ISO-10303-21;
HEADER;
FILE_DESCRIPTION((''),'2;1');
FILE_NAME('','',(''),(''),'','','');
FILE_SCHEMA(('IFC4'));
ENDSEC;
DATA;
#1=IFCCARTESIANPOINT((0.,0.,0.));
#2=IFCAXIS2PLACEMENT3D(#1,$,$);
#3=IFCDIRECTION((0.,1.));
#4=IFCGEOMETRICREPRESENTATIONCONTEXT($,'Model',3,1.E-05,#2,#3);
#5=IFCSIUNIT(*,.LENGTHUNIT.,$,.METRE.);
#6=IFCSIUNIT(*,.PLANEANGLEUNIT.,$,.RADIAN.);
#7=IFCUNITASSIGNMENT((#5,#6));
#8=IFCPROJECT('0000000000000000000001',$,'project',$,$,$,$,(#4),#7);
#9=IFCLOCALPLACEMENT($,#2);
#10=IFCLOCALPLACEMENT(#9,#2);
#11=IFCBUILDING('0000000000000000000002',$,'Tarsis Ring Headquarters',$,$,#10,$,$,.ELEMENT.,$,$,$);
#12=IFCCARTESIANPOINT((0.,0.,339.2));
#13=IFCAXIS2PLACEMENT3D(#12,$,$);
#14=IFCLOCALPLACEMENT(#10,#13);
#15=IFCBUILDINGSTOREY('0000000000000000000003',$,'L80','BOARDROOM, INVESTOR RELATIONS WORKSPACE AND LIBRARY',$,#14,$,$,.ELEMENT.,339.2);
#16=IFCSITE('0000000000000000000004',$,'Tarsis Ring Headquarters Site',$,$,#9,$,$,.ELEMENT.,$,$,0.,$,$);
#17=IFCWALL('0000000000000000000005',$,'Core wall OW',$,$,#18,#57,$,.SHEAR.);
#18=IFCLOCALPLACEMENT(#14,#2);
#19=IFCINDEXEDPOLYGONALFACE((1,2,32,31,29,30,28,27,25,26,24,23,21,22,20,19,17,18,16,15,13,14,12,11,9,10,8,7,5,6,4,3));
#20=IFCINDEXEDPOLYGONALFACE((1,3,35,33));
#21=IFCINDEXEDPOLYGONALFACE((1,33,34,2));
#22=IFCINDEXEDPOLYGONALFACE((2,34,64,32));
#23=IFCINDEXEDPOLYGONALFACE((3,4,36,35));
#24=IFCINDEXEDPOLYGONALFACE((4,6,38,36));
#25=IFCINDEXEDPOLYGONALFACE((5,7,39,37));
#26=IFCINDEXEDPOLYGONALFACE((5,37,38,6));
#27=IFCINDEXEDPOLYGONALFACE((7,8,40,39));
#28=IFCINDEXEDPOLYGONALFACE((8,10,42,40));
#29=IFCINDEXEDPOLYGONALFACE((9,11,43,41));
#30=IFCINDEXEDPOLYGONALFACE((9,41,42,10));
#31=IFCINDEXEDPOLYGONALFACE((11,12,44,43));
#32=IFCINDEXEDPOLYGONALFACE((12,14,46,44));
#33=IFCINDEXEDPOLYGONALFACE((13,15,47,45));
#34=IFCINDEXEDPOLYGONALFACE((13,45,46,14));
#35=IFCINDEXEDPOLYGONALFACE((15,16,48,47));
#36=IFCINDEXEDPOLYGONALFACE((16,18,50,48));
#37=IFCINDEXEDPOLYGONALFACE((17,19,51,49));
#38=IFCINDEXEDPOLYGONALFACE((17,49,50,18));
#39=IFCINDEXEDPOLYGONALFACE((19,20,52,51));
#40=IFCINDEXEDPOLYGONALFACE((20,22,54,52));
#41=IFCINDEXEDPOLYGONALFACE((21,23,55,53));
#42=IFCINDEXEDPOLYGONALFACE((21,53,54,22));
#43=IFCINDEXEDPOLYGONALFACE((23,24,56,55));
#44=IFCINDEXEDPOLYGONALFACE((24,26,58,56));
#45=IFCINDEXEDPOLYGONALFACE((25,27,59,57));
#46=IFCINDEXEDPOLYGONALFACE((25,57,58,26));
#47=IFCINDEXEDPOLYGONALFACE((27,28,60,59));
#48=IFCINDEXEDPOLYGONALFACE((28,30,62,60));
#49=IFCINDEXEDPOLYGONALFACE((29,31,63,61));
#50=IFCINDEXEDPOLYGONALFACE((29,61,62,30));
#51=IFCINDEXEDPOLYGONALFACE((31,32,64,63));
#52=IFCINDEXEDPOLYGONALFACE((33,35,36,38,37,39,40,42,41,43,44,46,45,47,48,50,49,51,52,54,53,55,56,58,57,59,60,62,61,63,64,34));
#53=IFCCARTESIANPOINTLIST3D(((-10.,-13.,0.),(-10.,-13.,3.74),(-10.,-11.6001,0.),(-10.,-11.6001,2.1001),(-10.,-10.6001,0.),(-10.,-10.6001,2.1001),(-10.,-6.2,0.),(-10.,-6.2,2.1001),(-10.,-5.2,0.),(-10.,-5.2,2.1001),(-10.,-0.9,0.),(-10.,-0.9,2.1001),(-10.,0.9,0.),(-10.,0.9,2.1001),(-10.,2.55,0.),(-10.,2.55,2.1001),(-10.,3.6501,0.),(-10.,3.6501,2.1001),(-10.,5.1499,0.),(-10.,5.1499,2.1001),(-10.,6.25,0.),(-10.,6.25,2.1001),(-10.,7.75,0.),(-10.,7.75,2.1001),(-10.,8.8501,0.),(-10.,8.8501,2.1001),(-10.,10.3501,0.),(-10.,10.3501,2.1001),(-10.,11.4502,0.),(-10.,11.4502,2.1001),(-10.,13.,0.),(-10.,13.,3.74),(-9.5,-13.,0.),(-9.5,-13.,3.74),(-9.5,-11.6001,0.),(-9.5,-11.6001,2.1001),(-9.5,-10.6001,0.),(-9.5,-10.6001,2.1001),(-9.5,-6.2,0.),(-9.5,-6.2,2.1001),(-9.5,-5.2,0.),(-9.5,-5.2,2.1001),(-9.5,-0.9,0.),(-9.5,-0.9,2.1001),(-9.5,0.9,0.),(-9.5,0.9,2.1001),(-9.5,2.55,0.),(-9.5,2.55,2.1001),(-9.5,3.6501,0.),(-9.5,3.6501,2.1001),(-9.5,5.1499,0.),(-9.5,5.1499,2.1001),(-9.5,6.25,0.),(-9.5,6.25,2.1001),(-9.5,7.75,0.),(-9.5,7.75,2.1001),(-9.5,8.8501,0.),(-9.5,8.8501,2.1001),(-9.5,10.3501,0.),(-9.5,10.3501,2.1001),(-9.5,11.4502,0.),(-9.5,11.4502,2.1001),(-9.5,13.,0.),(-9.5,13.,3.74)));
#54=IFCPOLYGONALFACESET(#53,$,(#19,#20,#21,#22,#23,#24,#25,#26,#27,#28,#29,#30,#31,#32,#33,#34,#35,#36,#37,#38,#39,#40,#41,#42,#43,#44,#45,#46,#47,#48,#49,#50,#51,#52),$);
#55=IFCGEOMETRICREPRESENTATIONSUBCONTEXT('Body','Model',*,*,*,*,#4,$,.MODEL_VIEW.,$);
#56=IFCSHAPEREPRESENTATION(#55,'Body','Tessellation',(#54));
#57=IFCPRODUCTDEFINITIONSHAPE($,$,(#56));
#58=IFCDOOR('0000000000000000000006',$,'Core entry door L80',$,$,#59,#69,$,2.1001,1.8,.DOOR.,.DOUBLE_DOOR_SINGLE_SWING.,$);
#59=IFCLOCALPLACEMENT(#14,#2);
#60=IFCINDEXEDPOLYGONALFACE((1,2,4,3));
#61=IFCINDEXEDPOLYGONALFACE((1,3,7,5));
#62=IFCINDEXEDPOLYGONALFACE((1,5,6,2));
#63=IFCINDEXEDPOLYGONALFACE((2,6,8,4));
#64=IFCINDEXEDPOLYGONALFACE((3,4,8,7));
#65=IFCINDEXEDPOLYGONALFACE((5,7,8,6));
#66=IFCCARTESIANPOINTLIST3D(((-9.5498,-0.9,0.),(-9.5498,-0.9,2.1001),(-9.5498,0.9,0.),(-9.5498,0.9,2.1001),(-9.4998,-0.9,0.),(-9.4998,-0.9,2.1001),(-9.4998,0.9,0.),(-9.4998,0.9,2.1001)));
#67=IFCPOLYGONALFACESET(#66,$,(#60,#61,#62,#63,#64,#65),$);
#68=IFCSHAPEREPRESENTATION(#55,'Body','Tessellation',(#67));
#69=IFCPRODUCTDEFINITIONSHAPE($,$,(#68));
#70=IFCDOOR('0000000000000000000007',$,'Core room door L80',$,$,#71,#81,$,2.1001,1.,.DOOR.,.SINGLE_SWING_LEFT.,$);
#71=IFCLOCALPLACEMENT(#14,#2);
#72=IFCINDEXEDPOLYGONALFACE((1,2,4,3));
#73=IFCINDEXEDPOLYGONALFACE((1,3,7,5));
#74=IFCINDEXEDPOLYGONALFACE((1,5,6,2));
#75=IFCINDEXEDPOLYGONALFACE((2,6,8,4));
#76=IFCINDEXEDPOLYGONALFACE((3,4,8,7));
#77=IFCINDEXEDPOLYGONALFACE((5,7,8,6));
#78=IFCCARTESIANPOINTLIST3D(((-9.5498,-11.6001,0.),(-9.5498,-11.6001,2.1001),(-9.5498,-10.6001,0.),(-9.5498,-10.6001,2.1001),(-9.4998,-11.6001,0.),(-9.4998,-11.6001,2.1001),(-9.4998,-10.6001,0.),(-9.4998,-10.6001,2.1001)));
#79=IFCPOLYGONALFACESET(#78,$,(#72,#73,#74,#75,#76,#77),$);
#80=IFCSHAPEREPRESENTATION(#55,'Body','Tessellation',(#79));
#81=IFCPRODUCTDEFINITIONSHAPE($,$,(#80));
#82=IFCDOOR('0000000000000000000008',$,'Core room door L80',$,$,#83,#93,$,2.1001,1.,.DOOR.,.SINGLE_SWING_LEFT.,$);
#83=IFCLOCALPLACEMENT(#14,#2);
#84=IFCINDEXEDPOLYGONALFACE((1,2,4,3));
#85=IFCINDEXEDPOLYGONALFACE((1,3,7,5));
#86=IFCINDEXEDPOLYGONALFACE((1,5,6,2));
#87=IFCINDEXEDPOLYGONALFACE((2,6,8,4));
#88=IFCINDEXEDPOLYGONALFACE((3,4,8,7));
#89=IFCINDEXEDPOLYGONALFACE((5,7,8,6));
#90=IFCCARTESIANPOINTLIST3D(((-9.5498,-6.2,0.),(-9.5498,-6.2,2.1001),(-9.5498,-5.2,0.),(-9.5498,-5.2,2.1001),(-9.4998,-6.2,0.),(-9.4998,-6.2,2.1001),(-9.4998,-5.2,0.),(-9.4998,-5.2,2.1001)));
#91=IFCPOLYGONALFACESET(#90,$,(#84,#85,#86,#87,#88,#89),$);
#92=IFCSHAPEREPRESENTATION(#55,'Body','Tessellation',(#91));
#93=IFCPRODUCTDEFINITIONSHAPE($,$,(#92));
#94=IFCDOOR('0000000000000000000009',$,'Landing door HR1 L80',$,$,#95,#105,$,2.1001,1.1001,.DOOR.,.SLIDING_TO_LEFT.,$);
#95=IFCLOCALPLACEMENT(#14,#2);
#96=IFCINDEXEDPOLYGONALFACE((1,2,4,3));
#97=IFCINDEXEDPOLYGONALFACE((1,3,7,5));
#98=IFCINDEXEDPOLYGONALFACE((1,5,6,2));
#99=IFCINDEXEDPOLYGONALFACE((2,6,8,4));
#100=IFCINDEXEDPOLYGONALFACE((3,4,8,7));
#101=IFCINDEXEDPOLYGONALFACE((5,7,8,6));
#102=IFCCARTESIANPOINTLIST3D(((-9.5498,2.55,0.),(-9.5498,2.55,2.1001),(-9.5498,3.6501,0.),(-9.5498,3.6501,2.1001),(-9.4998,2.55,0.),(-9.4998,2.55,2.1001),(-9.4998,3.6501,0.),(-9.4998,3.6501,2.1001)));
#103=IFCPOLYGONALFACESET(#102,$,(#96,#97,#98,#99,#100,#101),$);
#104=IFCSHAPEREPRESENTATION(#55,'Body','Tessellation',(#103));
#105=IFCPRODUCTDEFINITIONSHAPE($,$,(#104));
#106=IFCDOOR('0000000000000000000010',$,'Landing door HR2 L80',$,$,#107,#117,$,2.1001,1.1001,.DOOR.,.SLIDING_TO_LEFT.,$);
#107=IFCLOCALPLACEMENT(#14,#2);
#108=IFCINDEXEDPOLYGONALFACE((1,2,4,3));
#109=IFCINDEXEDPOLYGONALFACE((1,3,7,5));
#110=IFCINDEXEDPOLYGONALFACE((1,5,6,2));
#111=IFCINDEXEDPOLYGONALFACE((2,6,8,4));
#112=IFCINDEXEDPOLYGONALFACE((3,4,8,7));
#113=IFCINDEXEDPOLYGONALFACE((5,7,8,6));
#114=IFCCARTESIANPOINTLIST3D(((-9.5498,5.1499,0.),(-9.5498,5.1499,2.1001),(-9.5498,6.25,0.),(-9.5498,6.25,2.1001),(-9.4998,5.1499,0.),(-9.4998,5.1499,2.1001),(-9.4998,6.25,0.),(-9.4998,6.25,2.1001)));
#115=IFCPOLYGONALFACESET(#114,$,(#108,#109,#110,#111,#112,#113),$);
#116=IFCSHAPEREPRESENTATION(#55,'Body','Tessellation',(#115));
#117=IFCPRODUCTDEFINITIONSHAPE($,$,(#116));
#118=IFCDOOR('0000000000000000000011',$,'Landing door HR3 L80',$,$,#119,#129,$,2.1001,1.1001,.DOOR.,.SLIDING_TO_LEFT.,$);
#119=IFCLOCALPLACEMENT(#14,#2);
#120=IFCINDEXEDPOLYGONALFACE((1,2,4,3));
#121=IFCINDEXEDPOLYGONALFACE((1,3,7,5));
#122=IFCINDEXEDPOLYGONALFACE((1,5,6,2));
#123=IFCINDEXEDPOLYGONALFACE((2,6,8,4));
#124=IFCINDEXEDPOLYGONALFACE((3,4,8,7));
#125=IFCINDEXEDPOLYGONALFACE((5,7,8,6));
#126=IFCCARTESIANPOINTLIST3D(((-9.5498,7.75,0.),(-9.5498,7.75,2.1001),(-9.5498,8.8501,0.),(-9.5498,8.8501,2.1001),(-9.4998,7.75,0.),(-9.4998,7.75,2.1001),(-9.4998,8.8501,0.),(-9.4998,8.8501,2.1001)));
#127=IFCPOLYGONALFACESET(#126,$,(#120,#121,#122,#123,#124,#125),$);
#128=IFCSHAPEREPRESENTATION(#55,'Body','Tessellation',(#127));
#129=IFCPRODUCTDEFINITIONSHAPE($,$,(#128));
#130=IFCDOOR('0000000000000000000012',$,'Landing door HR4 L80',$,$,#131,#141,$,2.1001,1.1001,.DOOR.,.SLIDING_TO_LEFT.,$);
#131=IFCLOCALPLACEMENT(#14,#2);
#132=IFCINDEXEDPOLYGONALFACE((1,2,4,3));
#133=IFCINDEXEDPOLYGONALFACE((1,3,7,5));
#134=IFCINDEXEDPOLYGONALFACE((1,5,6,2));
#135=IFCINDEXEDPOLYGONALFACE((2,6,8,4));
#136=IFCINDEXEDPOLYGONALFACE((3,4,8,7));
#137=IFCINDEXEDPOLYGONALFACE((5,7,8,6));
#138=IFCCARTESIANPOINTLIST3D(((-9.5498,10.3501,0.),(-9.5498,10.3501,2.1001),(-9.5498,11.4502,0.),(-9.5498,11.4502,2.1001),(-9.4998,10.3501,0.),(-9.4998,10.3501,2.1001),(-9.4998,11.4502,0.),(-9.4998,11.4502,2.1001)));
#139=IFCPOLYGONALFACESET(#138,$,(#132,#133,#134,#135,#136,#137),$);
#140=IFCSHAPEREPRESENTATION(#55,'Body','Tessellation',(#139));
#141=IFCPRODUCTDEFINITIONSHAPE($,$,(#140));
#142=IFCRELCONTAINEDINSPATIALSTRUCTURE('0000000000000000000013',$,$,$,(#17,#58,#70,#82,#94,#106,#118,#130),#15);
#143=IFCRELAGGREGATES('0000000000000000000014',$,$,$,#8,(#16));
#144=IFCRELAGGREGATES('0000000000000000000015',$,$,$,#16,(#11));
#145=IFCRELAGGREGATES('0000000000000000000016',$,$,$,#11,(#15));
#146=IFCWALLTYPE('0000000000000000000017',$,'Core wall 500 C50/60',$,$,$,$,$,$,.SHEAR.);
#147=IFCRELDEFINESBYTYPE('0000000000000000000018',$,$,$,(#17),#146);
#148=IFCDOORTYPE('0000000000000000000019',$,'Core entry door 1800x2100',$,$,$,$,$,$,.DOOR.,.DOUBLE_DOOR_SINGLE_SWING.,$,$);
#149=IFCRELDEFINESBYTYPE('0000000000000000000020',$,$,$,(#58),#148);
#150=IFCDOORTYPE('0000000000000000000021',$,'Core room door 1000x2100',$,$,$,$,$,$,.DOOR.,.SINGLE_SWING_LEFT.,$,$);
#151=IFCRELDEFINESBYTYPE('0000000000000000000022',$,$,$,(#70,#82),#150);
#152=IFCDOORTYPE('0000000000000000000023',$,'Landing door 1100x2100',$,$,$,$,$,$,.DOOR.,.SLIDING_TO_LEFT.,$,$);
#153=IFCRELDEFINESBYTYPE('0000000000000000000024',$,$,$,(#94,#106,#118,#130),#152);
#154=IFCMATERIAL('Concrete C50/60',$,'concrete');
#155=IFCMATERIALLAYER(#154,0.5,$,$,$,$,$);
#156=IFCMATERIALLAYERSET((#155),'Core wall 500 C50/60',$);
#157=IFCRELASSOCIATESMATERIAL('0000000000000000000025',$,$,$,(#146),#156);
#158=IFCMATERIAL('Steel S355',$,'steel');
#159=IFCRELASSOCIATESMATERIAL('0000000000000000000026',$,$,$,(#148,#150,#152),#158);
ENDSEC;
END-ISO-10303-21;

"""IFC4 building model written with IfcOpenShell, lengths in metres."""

from ifc_helpers import new_model, si_unit, direction, frame, frame_2d, origin, place, context, subcontext, project, spatial, rectangle, extrude, material, layer, layer_set, type_object, element, fill, save


model = new_model("IFC4")

# Units and contexts
model_context = context("Model", 3, precision=1e-05, world=origin(), true_north=direction((0.0, 1.0)))
body_context = subcontext(model_context, "Body", "Model", "MODEL_VIEW")
ifc_project = project(units=[si_unit("LENGTHUNIT", "METRE"), si_unit("PLANEANGLEUNIT", "RADIAN")], contexts=[model_context])

# Site, building, storey
site_placement = place(None, origin())
site = spatial("IfcSite", under=ifc_project, at=site_placement, Name="Tarsis Ring Headquarters Site", CompositionType="ELEMENT", RefElevation=0.0)
building_placement = place(site_placement, origin())
building = spatial("IfcBuilding", under=site, at=building_placement, Name="Tarsis Ring Headquarters", CompositionType="ELEMENT")
storey_placement = place(building_placement, frame((0.0, 0.0, 339.2)))
storey = spatial("IfcBuildingStorey", under=building, at=storey_placement, Name="L80", Description="BOARDROOM, INVESTOR RELATIONS WORKSPACE AND LIBRARY", CompositionType="ELEMENT", Elevation=339.2)

# Wall, openings, doors
ifc_material_1 = material(Name="Concrete C50/60", Category="concrete")
ifc_layer_1 = layer(ifc_material_1, 0.5)
ifc_layer_set_1 = layer_set([ifc_layer_1], Name="Core wall 500 C50/60")
wall_type_1 = type_object("IfcWallType", Name="Core wall 500 C50/60", PredefinedType="SHEAR", material=ifc_layer_set_1)
wall_1_placement = place(storey_placement, frame((-9.75, -13.0, 0.0), z_axis=(0.0, 0.0, 1.0), x_axis=(0.0, 1.0, 0.0)))
wall_1 = element("IfcWall", 1, at=wall_1_placement, inside=storey, type_object=wall_type_1, Name="Core wall OW", PredefinedType="SHEAR", context=body_context, shape_type="SweptSolid", body=[
    extrude(rectangle(XDim=26.0, YDim=0.5, at=frame_2d((13.0, 0.0))), origin(), (0.0, 0.0, 1.0), 3.74),
])
opening_1_placement = place(wall_1_placement, frame((1.3999, 0.0, 0.0)))
opening_1 = element("IfcOpeningElement", 2, at=opening_1_placement, cuts=wall_1, PredefinedType="OPENING", context=body_context, shape_type="SweptSolid", body=[
    extrude(rectangle(XDim=1.0, YDim=2.1001, at=frame_2d((0.5, 1.05))), frame((0.0, 0.26, 0.0), z_axis=(0.0, -1.0, 0.0), x_axis=(1.0, 0.0, 0.0)), (0.0, 0.0, 1.0), 0.52),
])
opening_2_placement = place(wall_1_placement, frame((6.8, 0.0, 0.0)))
opening_2 = element("IfcOpeningElement", 3, at=opening_2_placement, cuts=wall_1, PredefinedType="OPENING", context=body_context, shape_type="SweptSolid", body=[
    extrude(rectangle(XDim=1.0, YDim=2.1001, at=frame_2d((0.5, 1.05))), frame((0.0, 0.26, 0.0), z_axis=(0.0, -1.0, 0.0), x_axis=(1.0, 0.0, 0.0)), (0.0, 0.0, 1.0), 0.52),
])
opening_3_placement = place(wall_1_placement, frame((12.1001, 0.0, 0.0)))
opening_3 = element("IfcOpeningElement", 4, at=opening_3_placement, cuts=wall_1, PredefinedType="OPENING", context=body_context, shape_type="SweptSolid", body=[
    extrude(rectangle(XDim=1.8, YDim=2.1001, at=frame_2d((0.8999, 1.05))), frame((0.0, 0.26, 0.0), z_axis=(0.0, -1.0, 0.0), x_axis=(1.0, 0.0, 0.0)), (0.0, 0.0, 1.0), 0.52),
])
opening_4_placement = place(wall_1_placement, frame((15.55, 0.0, 0.0)))
opening_4 = element("IfcOpeningElement", 5, at=opening_4_placement, cuts=wall_1, PredefinedType="OPENING", context=body_context, shape_type="SweptSolid", body=[
    extrude(rectangle(XDim=1.1001, YDim=2.1001, at=frame_2d((0.55, 1.05))), frame((0.0, 0.26, 0.0), z_axis=(0.0, -1.0, 0.0), x_axis=(1.0, 0.0, 0.0)), (0.0, 0.0, 1.0), 0.52),
])
opening_5_placement = place(wall_1_placement, frame((18.1499, 0.0, 0.0)))
opening_5 = element("IfcOpeningElement", 6, at=opening_5_placement, cuts=wall_1, PredefinedType="OPENING", context=body_context, shape_type="SweptSolid", body=[
    extrude(rectangle(XDim=1.1001, YDim=2.1001, at=frame_2d((0.55, 1.05))), frame((0.0, 0.26, 0.0), z_axis=(0.0, -1.0, 0.0), x_axis=(1.0, 0.0, 0.0)), (0.0, 0.0, 1.0), 0.52),
])
opening_6_placement = place(wall_1_placement, frame((20.75, 0.0, 0.0)))
opening_6 = element("IfcOpeningElement", 7, at=opening_6_placement, cuts=wall_1, PredefinedType="OPENING", context=body_context, shape_type="SweptSolid", body=[
    extrude(rectangle(XDim=1.1001, YDim=2.1001, at=frame_2d((0.55, 1.05))), frame((0.0, 0.26, 0.0), z_axis=(0.0, -1.0, 0.0), x_axis=(1.0, 0.0, 0.0)), (0.0, 0.0, 1.0), 0.52),
])
opening_7_placement = place(wall_1_placement, frame((23.3501, 0.0, 0.0)))
opening_7 = element("IfcOpeningElement", 8, at=opening_7_placement, cuts=wall_1, PredefinedType="OPENING", context=body_context, shape_type="SweptSolid", body=[
    extrude(rectangle(XDim=1.1001, YDim=2.1001, at=frame_2d((0.55, 1.05))), frame((0.0, 0.26, 0.0), z_axis=(0.0, -1.0, 0.0), x_axis=(1.0, 0.0, 0.0)), (0.0, 0.0, 1.0), 0.52),
])
ifc_material_2 = material(Name="Steel S355", Category="steel")
door_type_1 = type_object("IfcDoorType", Name="Core entry door 1800x2100", OperationType="DOUBLE_DOOR_SINGLE_SWING", PredefinedType="DOOR", material=ifc_material_2)
door_1_placement = place(opening_3_placement, origin())
door_1 = element("IfcDoor", 9, at=door_1_placement, inside=storey, type_object=door_type_1, Name="Core entry door L80", OperationType="DOUBLE_DOOR_SINGLE_SWING", OverallHeight=2.1001, OverallWidth=1.8, PredefinedType="DOOR", context=body_context, shape_type="SweptSolid", body=[
    extrude(rectangle(XDim=1.8, YDim=2.1001, at=frame_2d((0.8999, 1.05))), frame((0.0, -0.2002, 0.0), z_axis=(0.0, -1.0, 0.0), x_axis=(1.0, 0.0, 0.0)), (0.0, 0.0, 1.0), 0.05),
])
fill(opening_3, door_1)
door_type_2 = type_object("IfcDoorType", Name="Core room door 1000x2100", OperationType="SINGLE_SWING_LEFT", PredefinedType="DOOR", material=ifc_material_2)
door_2_placement = place(opening_1_placement, origin())
door_2 = element("IfcDoor", 10, at=door_2_placement, inside=storey, type_object=door_type_2, Name="Core room door L80", OperationType="SINGLE_SWING_LEFT", OverallHeight=2.1001, OverallWidth=1.0, PredefinedType="DOOR", context=body_context, shape_type="SweptSolid", body=[
    extrude(rectangle(XDim=1.0, YDim=2.1001, at=frame_2d((0.5, 1.05))), frame((0.0, -0.2002, 0.0), z_axis=(0.0, -1.0, 0.0), x_axis=(1.0, 0.0, 0.0)), (0.0, 0.0, 1.0), 0.05),
])
fill(opening_1, door_2)
door_3_placement = place(opening_2_placement, origin())
door_3 = element("IfcDoor", 11, at=door_3_placement, inside=storey, type_object=door_type_2, Name="Core room door L80", OperationType="SINGLE_SWING_LEFT", OverallHeight=2.1001, OverallWidth=1.0, PredefinedType="DOOR", context=body_context, shape_type="SweptSolid", body=[
    extrude(rectangle(XDim=1.0, YDim=2.1001, at=frame_2d((0.5, 1.05))), frame((0.0, -0.2002, 0.0), z_axis=(0.0, -1.0, 0.0), x_axis=(1.0, 0.0, 0.0)), (0.0, 0.0, 1.0), 0.05),
])
fill(opening_2, door_3)
door_type_3 = type_object("IfcDoorType", Name="Landing door 1100x2100", OperationType="SLIDING_TO_LEFT", PredefinedType="DOOR", material=ifc_material_2)
door_4_placement = place(opening_4_placement, origin())
door_4 = element("IfcDoor", 12, at=door_4_placement, inside=storey, type_object=door_type_3, Name="Landing door HR1 L80", OperationType="SLIDING_TO_LEFT", OverallHeight=2.1001, OverallWidth=1.1001, PredefinedType="DOOR", context=body_context, shape_type="SweptSolid", body=[
    extrude(rectangle(XDim=1.1001, YDim=2.1001, at=frame_2d((0.55, 1.05))), frame((0.0, -0.2002, 0.0), z_axis=(0.0, -1.0, 0.0), x_axis=(1.0, 0.0, 0.0)), (0.0, 0.0, 1.0), 0.05),
])
fill(opening_4, door_4)
door_5_placement = place(opening_5_placement, origin())
door_5 = element("IfcDoor", 13, at=door_5_placement, inside=storey, type_object=door_type_3, Name="Landing door HR2 L80", OperationType="SLIDING_TO_LEFT", OverallHeight=2.1001, OverallWidth=1.1001, PredefinedType="DOOR", context=body_context, shape_type="SweptSolid", body=[
    extrude(rectangle(XDim=1.1001, YDim=2.1001, at=frame_2d((0.55, 1.05))), frame((0.0, -0.2002, 0.0), z_axis=(0.0, -1.0, 0.0), x_axis=(1.0, 0.0, 0.0)), (0.0, 0.0, 1.0), 0.05),
])
fill(opening_5, door_5)
door_6_placement = place(opening_6_placement, origin())
door_6 = element("IfcDoor", 14, at=door_6_placement, inside=storey, type_object=door_type_3, Name="Landing door HR3 L80", OperationType="SLIDING_TO_LEFT", OverallHeight=2.1001, OverallWidth=1.1001, PredefinedType="DOOR", context=body_context, shape_type="SweptSolid", body=[
    extrude(rectangle(XDim=1.1001, YDim=2.1001, at=frame_2d((0.55, 1.05))), frame((0.0, -0.2002, 0.0), z_axis=(0.0, -1.0, 0.0), x_axis=(1.0, 0.0, 0.0)), (0.0, 0.0, 1.0), 0.05),
])
fill(opening_6, door_6)
door_7_placement = place(opening_7_placement, origin())
door_7 = element("IfcDoor", 15, at=door_7_placement, inside=storey, type_object=door_type_3, Name="Landing door HR4 L80", OperationType="SLIDING_TO_LEFT", OverallHeight=2.1001, OverallWidth=1.1001, PredefinedType="DOOR", context=body_context, shape_type="SweptSolid", body=[
    extrude(rectangle(XDim=1.1001, YDim=2.1001, at=frame_2d((0.55, 1.05))), frame((0.0, -0.2002, 0.0), z_axis=(0.0, -1.0, 0.0), x_axis=(1.0, 0.0, 0.0)), (0.0, 0.0, 1.0), 0.05),
])
fill(opening_7, door_7)

save(model, "model.ifc")
